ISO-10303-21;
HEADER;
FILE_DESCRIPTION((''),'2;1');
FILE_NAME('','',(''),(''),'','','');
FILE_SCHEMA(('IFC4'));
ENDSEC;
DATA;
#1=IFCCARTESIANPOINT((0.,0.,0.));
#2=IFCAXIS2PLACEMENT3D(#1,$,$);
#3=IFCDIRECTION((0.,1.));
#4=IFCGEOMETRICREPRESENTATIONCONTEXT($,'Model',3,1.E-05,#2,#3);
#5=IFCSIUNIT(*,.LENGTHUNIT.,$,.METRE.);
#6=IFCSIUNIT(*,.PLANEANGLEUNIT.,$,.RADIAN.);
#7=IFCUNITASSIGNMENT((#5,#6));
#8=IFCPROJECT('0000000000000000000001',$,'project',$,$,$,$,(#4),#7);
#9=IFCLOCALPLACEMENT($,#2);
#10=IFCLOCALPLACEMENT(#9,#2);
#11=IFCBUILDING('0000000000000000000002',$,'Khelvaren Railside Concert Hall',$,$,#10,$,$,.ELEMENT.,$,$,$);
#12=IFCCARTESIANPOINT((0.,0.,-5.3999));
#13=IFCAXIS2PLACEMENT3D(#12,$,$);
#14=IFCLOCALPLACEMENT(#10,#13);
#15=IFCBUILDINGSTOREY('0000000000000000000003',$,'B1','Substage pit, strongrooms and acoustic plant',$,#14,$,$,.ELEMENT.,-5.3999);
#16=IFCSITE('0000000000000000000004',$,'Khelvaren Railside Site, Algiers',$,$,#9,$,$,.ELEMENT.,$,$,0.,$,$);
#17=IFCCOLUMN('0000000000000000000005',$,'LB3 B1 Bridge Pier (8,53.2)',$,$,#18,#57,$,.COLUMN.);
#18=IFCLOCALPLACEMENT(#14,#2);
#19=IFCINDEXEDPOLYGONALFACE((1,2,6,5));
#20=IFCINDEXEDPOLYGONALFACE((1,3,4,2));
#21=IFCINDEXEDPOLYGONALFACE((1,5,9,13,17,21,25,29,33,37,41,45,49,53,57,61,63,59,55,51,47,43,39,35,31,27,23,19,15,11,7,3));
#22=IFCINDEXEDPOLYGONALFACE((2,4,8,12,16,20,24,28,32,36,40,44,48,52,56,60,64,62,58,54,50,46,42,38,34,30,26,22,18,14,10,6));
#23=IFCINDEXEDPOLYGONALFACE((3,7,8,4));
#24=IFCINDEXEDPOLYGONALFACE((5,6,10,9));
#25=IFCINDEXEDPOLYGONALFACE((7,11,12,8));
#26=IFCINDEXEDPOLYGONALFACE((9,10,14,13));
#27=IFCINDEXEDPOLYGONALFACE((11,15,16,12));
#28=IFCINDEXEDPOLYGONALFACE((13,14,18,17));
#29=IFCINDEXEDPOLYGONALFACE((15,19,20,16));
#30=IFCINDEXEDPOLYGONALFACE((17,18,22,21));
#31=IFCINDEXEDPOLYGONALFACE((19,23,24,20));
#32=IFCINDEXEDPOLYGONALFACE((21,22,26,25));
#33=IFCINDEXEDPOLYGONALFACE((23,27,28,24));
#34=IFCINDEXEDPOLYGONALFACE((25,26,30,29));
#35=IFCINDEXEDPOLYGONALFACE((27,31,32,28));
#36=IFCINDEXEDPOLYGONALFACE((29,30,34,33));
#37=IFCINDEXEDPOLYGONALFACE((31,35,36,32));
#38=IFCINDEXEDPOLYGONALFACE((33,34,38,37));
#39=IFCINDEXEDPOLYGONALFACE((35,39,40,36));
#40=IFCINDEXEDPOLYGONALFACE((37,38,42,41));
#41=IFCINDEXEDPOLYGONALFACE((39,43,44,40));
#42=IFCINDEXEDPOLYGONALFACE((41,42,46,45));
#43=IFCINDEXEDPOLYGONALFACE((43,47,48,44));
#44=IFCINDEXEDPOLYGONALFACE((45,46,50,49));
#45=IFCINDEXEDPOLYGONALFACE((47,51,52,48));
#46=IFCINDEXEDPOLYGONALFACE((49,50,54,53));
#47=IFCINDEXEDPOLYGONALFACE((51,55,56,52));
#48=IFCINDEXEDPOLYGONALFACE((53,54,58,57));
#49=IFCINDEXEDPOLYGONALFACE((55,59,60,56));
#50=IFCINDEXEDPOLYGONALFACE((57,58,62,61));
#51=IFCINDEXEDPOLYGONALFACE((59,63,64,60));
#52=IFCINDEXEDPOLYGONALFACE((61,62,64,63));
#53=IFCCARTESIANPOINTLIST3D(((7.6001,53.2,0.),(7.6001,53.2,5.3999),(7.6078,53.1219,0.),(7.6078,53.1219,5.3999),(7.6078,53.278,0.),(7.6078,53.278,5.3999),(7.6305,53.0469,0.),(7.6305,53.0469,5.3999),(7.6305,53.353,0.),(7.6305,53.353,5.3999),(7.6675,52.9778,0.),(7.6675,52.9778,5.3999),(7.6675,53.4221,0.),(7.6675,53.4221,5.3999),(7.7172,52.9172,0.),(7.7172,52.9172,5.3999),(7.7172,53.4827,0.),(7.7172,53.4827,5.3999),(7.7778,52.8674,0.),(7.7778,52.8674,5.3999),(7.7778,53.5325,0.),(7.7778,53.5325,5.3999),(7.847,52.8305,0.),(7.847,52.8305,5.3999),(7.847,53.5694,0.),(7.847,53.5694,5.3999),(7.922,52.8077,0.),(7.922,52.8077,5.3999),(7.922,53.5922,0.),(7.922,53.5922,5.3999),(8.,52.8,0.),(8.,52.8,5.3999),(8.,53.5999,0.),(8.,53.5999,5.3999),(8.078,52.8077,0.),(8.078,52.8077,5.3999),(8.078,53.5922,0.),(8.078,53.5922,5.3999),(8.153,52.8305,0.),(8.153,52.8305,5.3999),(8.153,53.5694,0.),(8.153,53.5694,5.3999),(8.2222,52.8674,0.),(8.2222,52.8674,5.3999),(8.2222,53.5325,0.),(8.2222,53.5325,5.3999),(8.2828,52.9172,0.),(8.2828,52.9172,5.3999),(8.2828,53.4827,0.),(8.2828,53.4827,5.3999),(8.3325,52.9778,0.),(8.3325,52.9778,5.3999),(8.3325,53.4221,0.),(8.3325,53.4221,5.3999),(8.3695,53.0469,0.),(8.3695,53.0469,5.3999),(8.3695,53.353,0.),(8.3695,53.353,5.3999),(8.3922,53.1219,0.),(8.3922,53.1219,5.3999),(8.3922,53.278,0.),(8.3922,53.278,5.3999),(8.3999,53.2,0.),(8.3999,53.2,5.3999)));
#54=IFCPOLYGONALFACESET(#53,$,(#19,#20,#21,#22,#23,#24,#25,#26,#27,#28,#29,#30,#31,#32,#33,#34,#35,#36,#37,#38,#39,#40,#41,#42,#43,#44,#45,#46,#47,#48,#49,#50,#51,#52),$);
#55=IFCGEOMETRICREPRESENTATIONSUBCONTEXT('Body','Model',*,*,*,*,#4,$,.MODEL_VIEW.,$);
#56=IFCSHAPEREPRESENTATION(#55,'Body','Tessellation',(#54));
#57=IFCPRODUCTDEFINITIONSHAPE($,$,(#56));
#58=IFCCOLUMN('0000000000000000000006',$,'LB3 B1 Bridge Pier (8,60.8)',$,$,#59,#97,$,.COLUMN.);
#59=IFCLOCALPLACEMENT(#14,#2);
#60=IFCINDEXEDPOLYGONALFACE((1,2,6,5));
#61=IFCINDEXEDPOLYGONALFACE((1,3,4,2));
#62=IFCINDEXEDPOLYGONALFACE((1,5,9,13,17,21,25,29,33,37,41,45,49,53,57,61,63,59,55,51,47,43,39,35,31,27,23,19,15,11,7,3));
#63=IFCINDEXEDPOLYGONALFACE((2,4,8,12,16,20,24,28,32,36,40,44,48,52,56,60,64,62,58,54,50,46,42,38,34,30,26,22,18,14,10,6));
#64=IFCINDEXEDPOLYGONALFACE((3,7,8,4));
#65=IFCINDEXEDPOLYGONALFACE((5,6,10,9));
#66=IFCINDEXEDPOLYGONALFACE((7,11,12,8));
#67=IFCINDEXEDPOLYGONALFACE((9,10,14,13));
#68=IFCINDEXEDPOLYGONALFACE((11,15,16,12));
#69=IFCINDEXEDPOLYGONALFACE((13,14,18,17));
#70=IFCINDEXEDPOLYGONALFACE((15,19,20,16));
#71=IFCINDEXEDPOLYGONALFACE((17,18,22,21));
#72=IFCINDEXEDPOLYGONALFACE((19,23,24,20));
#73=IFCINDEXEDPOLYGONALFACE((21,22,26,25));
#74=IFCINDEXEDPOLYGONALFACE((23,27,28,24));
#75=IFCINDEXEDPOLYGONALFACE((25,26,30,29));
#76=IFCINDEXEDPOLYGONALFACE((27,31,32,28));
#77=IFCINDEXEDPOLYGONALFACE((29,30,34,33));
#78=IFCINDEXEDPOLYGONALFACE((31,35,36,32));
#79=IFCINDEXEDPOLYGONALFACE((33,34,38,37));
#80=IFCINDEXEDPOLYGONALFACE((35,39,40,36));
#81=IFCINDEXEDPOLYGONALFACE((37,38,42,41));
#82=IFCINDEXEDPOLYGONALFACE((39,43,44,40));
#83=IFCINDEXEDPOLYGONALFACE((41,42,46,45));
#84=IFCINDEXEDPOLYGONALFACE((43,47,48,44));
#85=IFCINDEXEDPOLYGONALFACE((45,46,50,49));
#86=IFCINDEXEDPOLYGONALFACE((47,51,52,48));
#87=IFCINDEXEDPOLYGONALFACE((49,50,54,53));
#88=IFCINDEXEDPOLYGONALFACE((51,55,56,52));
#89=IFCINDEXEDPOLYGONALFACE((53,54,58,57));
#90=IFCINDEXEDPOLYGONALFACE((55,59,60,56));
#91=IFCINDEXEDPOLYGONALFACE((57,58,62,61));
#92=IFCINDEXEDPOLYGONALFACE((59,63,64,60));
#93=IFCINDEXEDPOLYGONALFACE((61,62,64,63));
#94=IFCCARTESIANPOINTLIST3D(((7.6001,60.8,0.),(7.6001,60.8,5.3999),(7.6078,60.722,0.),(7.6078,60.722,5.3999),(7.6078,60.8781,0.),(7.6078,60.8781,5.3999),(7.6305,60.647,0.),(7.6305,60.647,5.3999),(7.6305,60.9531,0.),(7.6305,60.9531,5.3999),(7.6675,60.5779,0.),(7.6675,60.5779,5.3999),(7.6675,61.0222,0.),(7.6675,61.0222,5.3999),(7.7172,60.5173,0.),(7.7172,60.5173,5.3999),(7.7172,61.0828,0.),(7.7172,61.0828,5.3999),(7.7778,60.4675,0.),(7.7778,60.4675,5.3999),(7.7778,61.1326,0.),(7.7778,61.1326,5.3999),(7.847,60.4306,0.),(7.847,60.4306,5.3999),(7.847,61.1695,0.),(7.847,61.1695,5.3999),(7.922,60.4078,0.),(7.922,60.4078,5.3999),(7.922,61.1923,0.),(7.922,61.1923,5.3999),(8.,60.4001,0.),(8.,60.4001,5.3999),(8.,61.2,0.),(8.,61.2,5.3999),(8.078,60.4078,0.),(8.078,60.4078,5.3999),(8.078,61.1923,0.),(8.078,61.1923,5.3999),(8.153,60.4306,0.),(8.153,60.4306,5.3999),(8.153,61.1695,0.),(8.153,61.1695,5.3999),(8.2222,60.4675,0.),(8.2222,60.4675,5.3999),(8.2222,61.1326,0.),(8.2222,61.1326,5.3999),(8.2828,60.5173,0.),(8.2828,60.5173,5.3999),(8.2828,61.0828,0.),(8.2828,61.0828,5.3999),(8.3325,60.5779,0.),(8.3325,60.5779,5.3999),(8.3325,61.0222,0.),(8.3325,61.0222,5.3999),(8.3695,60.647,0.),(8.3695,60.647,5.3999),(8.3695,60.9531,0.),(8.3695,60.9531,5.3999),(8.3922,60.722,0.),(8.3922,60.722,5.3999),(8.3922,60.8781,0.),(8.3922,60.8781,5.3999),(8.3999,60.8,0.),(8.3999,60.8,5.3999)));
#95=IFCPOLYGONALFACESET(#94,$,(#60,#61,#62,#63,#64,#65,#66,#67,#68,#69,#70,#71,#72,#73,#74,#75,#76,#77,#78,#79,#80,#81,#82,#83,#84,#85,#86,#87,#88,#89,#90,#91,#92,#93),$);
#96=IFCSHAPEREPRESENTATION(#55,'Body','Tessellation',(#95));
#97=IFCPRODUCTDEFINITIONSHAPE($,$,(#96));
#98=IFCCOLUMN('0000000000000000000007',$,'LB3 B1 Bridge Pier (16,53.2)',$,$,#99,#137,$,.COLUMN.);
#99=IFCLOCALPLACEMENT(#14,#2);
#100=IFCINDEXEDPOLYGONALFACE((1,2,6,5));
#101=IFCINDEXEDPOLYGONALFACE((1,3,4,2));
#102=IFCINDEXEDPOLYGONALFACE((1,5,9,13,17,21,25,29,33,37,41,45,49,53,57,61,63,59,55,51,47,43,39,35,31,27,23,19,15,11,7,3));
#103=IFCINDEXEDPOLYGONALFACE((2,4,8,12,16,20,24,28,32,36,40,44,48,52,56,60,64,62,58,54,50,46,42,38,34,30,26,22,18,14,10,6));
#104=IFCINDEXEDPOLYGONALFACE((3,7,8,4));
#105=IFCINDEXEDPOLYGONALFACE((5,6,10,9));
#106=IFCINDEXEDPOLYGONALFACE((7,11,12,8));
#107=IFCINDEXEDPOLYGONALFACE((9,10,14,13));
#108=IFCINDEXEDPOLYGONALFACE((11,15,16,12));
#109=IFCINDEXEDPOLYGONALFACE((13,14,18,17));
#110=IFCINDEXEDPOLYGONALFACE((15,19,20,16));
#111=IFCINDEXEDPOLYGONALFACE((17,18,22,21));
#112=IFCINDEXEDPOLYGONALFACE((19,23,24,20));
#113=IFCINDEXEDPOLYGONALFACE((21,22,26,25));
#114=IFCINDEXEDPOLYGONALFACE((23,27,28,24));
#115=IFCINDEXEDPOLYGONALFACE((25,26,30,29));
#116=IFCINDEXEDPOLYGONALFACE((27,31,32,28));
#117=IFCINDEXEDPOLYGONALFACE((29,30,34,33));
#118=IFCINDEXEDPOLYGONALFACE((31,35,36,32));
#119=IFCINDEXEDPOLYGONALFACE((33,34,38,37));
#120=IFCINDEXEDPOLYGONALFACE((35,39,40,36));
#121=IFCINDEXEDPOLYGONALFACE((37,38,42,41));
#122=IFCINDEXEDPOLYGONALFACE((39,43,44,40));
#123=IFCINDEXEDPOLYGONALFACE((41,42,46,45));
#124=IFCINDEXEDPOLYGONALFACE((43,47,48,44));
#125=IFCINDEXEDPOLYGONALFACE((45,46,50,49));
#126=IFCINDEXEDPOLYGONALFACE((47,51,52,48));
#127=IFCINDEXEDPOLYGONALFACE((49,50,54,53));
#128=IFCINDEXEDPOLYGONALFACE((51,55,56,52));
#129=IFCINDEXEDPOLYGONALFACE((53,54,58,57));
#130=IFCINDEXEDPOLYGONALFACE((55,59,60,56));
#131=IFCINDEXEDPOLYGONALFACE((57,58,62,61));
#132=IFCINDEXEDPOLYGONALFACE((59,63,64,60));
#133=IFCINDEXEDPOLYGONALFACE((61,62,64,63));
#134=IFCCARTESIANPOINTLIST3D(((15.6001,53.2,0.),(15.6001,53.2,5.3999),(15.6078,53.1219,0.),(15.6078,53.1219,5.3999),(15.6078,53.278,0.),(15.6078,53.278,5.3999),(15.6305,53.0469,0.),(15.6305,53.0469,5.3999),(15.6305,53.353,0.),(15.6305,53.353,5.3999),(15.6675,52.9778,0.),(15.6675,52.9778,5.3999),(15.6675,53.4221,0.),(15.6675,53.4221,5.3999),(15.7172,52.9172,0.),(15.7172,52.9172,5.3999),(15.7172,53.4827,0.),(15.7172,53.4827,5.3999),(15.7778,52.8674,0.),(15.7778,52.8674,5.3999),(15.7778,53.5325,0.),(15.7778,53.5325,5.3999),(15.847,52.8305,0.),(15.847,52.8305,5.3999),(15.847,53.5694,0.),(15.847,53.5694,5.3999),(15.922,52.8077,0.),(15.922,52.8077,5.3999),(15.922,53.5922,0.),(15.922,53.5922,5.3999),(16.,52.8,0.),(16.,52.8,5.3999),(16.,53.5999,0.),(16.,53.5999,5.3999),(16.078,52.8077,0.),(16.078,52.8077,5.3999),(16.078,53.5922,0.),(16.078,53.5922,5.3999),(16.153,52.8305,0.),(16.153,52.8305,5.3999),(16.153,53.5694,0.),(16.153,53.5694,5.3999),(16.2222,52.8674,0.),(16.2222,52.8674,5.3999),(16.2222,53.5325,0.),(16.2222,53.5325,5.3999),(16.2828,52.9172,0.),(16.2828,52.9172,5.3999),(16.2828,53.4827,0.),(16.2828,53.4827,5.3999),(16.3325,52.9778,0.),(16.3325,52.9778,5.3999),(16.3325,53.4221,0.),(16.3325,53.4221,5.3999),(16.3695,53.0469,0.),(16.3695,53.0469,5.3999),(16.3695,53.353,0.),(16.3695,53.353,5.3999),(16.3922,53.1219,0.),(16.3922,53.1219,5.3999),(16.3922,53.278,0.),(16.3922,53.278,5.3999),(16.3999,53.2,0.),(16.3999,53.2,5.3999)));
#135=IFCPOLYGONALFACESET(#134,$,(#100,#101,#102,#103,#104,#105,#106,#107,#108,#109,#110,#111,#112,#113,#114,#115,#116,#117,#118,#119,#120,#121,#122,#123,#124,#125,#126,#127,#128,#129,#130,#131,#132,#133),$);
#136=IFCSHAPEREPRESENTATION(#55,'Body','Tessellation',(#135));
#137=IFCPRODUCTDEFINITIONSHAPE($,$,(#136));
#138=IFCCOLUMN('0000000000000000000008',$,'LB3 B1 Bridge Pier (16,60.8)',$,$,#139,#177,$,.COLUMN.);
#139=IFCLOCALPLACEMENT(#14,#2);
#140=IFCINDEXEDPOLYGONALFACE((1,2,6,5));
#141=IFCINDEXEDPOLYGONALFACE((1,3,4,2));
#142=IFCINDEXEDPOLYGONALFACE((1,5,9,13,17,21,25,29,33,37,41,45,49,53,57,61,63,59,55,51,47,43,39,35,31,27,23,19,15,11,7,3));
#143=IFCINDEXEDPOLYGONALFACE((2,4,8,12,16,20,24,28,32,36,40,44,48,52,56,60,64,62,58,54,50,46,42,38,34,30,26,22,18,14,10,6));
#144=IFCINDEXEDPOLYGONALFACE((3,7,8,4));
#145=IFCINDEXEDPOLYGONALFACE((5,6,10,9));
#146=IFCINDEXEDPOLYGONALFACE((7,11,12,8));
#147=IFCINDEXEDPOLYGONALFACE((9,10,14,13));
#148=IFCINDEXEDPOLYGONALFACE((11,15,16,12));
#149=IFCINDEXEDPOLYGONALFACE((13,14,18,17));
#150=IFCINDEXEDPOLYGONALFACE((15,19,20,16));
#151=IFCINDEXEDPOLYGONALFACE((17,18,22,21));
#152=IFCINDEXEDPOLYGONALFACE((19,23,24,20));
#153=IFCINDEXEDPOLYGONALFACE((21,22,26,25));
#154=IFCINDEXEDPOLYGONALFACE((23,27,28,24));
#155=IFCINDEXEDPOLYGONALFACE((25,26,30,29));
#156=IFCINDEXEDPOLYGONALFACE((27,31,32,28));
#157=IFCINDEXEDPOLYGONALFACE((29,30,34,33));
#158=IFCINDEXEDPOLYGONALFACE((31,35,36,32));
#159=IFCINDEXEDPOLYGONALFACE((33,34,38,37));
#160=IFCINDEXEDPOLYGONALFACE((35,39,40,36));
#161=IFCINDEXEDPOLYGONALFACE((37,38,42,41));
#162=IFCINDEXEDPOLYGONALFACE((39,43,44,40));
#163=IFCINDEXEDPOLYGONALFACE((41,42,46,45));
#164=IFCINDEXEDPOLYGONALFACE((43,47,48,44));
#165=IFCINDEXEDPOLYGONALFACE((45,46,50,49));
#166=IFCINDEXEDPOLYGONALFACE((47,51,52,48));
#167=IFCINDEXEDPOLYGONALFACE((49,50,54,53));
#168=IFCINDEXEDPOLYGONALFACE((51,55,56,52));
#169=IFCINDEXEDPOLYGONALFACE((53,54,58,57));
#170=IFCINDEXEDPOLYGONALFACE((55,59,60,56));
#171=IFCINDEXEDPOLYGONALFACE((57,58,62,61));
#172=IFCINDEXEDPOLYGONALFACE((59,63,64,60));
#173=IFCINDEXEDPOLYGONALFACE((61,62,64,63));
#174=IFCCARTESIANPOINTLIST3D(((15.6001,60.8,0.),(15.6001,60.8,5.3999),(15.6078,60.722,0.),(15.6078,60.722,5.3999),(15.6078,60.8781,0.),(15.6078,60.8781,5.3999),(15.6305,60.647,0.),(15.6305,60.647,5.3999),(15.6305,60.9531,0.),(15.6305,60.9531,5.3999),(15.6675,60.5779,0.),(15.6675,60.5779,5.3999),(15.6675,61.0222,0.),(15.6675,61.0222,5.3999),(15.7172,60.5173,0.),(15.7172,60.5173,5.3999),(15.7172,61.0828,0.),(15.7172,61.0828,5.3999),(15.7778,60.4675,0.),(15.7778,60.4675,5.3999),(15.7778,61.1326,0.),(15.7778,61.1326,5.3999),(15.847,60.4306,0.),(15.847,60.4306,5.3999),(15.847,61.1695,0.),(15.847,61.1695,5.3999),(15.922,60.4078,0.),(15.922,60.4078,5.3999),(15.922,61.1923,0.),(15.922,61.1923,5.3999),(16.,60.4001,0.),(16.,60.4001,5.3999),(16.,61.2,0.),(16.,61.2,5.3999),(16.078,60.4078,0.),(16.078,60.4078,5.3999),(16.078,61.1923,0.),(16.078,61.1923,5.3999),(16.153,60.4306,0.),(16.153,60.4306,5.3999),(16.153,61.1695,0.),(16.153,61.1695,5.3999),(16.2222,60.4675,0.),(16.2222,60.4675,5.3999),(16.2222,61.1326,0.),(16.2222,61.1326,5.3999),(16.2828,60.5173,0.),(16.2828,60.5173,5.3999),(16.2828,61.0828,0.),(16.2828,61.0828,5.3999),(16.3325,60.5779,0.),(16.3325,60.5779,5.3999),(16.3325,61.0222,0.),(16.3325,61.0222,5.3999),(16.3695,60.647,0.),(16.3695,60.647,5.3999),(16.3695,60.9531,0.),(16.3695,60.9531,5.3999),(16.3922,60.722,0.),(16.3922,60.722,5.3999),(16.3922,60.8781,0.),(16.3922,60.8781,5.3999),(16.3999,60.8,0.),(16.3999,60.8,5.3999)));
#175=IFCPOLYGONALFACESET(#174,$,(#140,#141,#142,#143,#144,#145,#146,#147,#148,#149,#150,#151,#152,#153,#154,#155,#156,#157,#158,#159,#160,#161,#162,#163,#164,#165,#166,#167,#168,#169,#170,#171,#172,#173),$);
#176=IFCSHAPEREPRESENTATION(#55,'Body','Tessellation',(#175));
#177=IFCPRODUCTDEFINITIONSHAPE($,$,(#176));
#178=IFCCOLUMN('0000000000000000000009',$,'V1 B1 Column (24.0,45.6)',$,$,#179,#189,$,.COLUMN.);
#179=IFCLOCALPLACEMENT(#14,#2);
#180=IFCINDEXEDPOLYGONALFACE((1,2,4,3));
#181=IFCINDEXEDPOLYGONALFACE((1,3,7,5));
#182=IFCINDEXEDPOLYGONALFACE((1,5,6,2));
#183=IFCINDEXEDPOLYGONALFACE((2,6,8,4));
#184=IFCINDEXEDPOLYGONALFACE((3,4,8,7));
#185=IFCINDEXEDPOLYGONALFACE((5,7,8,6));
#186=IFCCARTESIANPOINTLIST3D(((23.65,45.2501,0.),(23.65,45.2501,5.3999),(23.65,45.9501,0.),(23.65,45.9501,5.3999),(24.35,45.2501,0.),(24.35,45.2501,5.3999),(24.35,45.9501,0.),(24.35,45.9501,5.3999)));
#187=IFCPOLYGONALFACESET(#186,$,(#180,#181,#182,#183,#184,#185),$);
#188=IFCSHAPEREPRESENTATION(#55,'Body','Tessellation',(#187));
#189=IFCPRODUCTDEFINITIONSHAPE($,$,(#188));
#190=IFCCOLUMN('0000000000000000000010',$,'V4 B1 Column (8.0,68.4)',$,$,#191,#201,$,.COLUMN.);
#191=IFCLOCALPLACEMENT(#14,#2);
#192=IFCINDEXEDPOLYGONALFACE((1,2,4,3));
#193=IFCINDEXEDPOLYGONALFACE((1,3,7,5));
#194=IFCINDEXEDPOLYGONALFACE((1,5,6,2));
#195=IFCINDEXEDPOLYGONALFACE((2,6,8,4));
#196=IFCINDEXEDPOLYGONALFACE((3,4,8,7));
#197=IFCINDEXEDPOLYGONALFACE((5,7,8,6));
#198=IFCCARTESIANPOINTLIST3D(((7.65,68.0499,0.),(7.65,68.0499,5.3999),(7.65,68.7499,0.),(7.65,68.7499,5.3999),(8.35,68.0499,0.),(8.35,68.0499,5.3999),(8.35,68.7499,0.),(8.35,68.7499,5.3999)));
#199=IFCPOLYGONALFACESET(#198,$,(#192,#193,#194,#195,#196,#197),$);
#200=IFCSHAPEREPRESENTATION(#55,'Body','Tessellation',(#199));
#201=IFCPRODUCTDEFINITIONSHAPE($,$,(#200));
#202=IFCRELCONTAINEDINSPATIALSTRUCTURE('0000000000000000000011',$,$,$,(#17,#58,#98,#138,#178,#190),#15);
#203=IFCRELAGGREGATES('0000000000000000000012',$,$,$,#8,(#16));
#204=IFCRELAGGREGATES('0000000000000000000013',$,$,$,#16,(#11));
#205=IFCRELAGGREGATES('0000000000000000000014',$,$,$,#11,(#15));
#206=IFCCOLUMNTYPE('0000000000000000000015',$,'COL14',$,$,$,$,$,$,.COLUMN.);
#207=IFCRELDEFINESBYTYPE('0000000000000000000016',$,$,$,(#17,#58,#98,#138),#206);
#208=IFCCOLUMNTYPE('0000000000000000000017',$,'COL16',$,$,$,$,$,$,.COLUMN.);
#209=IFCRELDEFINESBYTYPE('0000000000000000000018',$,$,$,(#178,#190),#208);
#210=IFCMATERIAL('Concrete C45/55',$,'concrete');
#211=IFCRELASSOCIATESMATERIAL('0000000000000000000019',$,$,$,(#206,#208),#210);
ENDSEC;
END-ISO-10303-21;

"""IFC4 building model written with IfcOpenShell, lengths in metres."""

from ifc_helpers import new_model, si_unit, direction, frame, origin, origin_2d, place, context, subcontext, project, spatial, rectangle, circle, extrude, material, material_profile, profile_set, type_object, element, save


model = new_model("IFC4")

# Units and contexts
model_context = context("Model", 3, precision=1e-05, world=origin(), true_north=direction((0.0, 1.0)))
body_context = subcontext(model_context, "Body", "Model", "MODEL_VIEW")
ifc_project = project(units=[si_unit("LENGTHUNIT", "METRE"), si_unit("PLANEANGLEUNIT", "RADIAN")], contexts=[model_context])

# Site, building, storey
site_placement = place(None, origin())
site = spatial("IfcSite", under=ifc_project, at=site_placement, Name="Khelvaren Railside Site, Algiers", CompositionType="ELEMENT", RefElevation=0.0)
building_placement = place(site_placement, origin())
building = spatial("IfcBuilding", under=site, at=building_placement, Name="Khelvaren Railside Concert Hall", CompositionType="ELEMENT")
storey_placement = place(building_placement, frame((0.0, 0.0, -5.3999)))
storey = spatial("IfcBuildingStorey", under=building, at=storey_placement, Name="B1", Description="Substage pit, strongrooms and acoustic plant", CompositionType="ELEMENT", Elevation=-5.3999)

# Columns
ifc_material_1 = material(Name="Concrete C45/55", Category="concrete")
ifc_material_profile_1 = material_profile(ifc_material_1, circle(Radius=0.3999, at=origin_2d()), Name="RC D800")
ifc_profile_set_1 = profile_set([ifc_material_profile_1], Name="Concrete C45/55")
column_type_1 = type_object("IfcColumnType", Name="COL14", PredefinedType="COLUMN", material=ifc_profile_set_1)
for number, where, z_axis, x_axis, name in (
    (1, (8.0, 53.2, 0.0), (0.0, 0.0, 1.0), (1.0, 0.0, 0.0), "LB3 B1 Bridge Pier (8,53.2)"),
    (2, (8.0, 60.8, 0.0), (0.0, 0.0, 1.0), (1.0, 0.0, 0.0), "LB3 B1 Bridge Pier (8,60.8)"),
    (3, (16.0, 53.2, 0.0), (0.0, 0.0, 1.0), (1.0, 0.0, 0.0), "LB3 B1 Bridge Pier (16,53.2)"),
    (4, (16.0, 60.8, 0.0), (0.0, 0.0, 1.0), (1.0, 0.0, 0.0), "LB3 B1 Bridge Pier (16,60.8)"),
):
    element("IfcColumn", number, at=place(storey_placement, frame(where, z_axis=z_axis, x_axis=x_axis)), inside=storey, type_object=column_type_1, Name=name, PredefinedType="COLUMN", context=body_context, shape_type="SweptSolid", body=[
        extrude(circle(Radius=0.3999, at=origin_2d()), origin(), (0.0, 0.0, 1.0), 5.3999),
    ])
ifc_material_profile_2 = material_profile(ifc_material_1, rectangle(XDim=0.7, YDim=0.7, at=origin_2d()), Name="RC 700x700")
ifc_profile_set_2 = profile_set([ifc_material_profile_2], Name="Concrete C45/55")
column_type_2 = type_object("IfcColumnType", Name="COL16", PredefinedType="COLUMN", material=ifc_profile_set_2)
for number, where, z_axis, x_axis, name in (
    (5, (24.0, 45.6001, 0.0), (0.0, 0.0, 1.0), (1.0, 0.0, 0.0), "V1 B1 Column (24.0,45.6)"),
    (6, (8.0, 68.3999, 0.0), (0.0, 0.0, 1.0), (1.0, 0.0, 0.0), "V4 B1 Column (8.0,68.4)"),
):
    element("IfcColumn", number, at=place(storey_placement, frame(where, z_axis=z_axis, x_axis=x_axis)), inside=storey, type_object=column_type_2, Name=name, PredefinedType="COLUMN", context=body_context, shape_type="SweptSolid", body=[
        extrude(rectangle(XDim=0.7, YDim=0.7, at=origin_2d()), origin(), (0.0, 0.0, 1.0), 5.3999),
    ])

save(model, "model.ifc")
